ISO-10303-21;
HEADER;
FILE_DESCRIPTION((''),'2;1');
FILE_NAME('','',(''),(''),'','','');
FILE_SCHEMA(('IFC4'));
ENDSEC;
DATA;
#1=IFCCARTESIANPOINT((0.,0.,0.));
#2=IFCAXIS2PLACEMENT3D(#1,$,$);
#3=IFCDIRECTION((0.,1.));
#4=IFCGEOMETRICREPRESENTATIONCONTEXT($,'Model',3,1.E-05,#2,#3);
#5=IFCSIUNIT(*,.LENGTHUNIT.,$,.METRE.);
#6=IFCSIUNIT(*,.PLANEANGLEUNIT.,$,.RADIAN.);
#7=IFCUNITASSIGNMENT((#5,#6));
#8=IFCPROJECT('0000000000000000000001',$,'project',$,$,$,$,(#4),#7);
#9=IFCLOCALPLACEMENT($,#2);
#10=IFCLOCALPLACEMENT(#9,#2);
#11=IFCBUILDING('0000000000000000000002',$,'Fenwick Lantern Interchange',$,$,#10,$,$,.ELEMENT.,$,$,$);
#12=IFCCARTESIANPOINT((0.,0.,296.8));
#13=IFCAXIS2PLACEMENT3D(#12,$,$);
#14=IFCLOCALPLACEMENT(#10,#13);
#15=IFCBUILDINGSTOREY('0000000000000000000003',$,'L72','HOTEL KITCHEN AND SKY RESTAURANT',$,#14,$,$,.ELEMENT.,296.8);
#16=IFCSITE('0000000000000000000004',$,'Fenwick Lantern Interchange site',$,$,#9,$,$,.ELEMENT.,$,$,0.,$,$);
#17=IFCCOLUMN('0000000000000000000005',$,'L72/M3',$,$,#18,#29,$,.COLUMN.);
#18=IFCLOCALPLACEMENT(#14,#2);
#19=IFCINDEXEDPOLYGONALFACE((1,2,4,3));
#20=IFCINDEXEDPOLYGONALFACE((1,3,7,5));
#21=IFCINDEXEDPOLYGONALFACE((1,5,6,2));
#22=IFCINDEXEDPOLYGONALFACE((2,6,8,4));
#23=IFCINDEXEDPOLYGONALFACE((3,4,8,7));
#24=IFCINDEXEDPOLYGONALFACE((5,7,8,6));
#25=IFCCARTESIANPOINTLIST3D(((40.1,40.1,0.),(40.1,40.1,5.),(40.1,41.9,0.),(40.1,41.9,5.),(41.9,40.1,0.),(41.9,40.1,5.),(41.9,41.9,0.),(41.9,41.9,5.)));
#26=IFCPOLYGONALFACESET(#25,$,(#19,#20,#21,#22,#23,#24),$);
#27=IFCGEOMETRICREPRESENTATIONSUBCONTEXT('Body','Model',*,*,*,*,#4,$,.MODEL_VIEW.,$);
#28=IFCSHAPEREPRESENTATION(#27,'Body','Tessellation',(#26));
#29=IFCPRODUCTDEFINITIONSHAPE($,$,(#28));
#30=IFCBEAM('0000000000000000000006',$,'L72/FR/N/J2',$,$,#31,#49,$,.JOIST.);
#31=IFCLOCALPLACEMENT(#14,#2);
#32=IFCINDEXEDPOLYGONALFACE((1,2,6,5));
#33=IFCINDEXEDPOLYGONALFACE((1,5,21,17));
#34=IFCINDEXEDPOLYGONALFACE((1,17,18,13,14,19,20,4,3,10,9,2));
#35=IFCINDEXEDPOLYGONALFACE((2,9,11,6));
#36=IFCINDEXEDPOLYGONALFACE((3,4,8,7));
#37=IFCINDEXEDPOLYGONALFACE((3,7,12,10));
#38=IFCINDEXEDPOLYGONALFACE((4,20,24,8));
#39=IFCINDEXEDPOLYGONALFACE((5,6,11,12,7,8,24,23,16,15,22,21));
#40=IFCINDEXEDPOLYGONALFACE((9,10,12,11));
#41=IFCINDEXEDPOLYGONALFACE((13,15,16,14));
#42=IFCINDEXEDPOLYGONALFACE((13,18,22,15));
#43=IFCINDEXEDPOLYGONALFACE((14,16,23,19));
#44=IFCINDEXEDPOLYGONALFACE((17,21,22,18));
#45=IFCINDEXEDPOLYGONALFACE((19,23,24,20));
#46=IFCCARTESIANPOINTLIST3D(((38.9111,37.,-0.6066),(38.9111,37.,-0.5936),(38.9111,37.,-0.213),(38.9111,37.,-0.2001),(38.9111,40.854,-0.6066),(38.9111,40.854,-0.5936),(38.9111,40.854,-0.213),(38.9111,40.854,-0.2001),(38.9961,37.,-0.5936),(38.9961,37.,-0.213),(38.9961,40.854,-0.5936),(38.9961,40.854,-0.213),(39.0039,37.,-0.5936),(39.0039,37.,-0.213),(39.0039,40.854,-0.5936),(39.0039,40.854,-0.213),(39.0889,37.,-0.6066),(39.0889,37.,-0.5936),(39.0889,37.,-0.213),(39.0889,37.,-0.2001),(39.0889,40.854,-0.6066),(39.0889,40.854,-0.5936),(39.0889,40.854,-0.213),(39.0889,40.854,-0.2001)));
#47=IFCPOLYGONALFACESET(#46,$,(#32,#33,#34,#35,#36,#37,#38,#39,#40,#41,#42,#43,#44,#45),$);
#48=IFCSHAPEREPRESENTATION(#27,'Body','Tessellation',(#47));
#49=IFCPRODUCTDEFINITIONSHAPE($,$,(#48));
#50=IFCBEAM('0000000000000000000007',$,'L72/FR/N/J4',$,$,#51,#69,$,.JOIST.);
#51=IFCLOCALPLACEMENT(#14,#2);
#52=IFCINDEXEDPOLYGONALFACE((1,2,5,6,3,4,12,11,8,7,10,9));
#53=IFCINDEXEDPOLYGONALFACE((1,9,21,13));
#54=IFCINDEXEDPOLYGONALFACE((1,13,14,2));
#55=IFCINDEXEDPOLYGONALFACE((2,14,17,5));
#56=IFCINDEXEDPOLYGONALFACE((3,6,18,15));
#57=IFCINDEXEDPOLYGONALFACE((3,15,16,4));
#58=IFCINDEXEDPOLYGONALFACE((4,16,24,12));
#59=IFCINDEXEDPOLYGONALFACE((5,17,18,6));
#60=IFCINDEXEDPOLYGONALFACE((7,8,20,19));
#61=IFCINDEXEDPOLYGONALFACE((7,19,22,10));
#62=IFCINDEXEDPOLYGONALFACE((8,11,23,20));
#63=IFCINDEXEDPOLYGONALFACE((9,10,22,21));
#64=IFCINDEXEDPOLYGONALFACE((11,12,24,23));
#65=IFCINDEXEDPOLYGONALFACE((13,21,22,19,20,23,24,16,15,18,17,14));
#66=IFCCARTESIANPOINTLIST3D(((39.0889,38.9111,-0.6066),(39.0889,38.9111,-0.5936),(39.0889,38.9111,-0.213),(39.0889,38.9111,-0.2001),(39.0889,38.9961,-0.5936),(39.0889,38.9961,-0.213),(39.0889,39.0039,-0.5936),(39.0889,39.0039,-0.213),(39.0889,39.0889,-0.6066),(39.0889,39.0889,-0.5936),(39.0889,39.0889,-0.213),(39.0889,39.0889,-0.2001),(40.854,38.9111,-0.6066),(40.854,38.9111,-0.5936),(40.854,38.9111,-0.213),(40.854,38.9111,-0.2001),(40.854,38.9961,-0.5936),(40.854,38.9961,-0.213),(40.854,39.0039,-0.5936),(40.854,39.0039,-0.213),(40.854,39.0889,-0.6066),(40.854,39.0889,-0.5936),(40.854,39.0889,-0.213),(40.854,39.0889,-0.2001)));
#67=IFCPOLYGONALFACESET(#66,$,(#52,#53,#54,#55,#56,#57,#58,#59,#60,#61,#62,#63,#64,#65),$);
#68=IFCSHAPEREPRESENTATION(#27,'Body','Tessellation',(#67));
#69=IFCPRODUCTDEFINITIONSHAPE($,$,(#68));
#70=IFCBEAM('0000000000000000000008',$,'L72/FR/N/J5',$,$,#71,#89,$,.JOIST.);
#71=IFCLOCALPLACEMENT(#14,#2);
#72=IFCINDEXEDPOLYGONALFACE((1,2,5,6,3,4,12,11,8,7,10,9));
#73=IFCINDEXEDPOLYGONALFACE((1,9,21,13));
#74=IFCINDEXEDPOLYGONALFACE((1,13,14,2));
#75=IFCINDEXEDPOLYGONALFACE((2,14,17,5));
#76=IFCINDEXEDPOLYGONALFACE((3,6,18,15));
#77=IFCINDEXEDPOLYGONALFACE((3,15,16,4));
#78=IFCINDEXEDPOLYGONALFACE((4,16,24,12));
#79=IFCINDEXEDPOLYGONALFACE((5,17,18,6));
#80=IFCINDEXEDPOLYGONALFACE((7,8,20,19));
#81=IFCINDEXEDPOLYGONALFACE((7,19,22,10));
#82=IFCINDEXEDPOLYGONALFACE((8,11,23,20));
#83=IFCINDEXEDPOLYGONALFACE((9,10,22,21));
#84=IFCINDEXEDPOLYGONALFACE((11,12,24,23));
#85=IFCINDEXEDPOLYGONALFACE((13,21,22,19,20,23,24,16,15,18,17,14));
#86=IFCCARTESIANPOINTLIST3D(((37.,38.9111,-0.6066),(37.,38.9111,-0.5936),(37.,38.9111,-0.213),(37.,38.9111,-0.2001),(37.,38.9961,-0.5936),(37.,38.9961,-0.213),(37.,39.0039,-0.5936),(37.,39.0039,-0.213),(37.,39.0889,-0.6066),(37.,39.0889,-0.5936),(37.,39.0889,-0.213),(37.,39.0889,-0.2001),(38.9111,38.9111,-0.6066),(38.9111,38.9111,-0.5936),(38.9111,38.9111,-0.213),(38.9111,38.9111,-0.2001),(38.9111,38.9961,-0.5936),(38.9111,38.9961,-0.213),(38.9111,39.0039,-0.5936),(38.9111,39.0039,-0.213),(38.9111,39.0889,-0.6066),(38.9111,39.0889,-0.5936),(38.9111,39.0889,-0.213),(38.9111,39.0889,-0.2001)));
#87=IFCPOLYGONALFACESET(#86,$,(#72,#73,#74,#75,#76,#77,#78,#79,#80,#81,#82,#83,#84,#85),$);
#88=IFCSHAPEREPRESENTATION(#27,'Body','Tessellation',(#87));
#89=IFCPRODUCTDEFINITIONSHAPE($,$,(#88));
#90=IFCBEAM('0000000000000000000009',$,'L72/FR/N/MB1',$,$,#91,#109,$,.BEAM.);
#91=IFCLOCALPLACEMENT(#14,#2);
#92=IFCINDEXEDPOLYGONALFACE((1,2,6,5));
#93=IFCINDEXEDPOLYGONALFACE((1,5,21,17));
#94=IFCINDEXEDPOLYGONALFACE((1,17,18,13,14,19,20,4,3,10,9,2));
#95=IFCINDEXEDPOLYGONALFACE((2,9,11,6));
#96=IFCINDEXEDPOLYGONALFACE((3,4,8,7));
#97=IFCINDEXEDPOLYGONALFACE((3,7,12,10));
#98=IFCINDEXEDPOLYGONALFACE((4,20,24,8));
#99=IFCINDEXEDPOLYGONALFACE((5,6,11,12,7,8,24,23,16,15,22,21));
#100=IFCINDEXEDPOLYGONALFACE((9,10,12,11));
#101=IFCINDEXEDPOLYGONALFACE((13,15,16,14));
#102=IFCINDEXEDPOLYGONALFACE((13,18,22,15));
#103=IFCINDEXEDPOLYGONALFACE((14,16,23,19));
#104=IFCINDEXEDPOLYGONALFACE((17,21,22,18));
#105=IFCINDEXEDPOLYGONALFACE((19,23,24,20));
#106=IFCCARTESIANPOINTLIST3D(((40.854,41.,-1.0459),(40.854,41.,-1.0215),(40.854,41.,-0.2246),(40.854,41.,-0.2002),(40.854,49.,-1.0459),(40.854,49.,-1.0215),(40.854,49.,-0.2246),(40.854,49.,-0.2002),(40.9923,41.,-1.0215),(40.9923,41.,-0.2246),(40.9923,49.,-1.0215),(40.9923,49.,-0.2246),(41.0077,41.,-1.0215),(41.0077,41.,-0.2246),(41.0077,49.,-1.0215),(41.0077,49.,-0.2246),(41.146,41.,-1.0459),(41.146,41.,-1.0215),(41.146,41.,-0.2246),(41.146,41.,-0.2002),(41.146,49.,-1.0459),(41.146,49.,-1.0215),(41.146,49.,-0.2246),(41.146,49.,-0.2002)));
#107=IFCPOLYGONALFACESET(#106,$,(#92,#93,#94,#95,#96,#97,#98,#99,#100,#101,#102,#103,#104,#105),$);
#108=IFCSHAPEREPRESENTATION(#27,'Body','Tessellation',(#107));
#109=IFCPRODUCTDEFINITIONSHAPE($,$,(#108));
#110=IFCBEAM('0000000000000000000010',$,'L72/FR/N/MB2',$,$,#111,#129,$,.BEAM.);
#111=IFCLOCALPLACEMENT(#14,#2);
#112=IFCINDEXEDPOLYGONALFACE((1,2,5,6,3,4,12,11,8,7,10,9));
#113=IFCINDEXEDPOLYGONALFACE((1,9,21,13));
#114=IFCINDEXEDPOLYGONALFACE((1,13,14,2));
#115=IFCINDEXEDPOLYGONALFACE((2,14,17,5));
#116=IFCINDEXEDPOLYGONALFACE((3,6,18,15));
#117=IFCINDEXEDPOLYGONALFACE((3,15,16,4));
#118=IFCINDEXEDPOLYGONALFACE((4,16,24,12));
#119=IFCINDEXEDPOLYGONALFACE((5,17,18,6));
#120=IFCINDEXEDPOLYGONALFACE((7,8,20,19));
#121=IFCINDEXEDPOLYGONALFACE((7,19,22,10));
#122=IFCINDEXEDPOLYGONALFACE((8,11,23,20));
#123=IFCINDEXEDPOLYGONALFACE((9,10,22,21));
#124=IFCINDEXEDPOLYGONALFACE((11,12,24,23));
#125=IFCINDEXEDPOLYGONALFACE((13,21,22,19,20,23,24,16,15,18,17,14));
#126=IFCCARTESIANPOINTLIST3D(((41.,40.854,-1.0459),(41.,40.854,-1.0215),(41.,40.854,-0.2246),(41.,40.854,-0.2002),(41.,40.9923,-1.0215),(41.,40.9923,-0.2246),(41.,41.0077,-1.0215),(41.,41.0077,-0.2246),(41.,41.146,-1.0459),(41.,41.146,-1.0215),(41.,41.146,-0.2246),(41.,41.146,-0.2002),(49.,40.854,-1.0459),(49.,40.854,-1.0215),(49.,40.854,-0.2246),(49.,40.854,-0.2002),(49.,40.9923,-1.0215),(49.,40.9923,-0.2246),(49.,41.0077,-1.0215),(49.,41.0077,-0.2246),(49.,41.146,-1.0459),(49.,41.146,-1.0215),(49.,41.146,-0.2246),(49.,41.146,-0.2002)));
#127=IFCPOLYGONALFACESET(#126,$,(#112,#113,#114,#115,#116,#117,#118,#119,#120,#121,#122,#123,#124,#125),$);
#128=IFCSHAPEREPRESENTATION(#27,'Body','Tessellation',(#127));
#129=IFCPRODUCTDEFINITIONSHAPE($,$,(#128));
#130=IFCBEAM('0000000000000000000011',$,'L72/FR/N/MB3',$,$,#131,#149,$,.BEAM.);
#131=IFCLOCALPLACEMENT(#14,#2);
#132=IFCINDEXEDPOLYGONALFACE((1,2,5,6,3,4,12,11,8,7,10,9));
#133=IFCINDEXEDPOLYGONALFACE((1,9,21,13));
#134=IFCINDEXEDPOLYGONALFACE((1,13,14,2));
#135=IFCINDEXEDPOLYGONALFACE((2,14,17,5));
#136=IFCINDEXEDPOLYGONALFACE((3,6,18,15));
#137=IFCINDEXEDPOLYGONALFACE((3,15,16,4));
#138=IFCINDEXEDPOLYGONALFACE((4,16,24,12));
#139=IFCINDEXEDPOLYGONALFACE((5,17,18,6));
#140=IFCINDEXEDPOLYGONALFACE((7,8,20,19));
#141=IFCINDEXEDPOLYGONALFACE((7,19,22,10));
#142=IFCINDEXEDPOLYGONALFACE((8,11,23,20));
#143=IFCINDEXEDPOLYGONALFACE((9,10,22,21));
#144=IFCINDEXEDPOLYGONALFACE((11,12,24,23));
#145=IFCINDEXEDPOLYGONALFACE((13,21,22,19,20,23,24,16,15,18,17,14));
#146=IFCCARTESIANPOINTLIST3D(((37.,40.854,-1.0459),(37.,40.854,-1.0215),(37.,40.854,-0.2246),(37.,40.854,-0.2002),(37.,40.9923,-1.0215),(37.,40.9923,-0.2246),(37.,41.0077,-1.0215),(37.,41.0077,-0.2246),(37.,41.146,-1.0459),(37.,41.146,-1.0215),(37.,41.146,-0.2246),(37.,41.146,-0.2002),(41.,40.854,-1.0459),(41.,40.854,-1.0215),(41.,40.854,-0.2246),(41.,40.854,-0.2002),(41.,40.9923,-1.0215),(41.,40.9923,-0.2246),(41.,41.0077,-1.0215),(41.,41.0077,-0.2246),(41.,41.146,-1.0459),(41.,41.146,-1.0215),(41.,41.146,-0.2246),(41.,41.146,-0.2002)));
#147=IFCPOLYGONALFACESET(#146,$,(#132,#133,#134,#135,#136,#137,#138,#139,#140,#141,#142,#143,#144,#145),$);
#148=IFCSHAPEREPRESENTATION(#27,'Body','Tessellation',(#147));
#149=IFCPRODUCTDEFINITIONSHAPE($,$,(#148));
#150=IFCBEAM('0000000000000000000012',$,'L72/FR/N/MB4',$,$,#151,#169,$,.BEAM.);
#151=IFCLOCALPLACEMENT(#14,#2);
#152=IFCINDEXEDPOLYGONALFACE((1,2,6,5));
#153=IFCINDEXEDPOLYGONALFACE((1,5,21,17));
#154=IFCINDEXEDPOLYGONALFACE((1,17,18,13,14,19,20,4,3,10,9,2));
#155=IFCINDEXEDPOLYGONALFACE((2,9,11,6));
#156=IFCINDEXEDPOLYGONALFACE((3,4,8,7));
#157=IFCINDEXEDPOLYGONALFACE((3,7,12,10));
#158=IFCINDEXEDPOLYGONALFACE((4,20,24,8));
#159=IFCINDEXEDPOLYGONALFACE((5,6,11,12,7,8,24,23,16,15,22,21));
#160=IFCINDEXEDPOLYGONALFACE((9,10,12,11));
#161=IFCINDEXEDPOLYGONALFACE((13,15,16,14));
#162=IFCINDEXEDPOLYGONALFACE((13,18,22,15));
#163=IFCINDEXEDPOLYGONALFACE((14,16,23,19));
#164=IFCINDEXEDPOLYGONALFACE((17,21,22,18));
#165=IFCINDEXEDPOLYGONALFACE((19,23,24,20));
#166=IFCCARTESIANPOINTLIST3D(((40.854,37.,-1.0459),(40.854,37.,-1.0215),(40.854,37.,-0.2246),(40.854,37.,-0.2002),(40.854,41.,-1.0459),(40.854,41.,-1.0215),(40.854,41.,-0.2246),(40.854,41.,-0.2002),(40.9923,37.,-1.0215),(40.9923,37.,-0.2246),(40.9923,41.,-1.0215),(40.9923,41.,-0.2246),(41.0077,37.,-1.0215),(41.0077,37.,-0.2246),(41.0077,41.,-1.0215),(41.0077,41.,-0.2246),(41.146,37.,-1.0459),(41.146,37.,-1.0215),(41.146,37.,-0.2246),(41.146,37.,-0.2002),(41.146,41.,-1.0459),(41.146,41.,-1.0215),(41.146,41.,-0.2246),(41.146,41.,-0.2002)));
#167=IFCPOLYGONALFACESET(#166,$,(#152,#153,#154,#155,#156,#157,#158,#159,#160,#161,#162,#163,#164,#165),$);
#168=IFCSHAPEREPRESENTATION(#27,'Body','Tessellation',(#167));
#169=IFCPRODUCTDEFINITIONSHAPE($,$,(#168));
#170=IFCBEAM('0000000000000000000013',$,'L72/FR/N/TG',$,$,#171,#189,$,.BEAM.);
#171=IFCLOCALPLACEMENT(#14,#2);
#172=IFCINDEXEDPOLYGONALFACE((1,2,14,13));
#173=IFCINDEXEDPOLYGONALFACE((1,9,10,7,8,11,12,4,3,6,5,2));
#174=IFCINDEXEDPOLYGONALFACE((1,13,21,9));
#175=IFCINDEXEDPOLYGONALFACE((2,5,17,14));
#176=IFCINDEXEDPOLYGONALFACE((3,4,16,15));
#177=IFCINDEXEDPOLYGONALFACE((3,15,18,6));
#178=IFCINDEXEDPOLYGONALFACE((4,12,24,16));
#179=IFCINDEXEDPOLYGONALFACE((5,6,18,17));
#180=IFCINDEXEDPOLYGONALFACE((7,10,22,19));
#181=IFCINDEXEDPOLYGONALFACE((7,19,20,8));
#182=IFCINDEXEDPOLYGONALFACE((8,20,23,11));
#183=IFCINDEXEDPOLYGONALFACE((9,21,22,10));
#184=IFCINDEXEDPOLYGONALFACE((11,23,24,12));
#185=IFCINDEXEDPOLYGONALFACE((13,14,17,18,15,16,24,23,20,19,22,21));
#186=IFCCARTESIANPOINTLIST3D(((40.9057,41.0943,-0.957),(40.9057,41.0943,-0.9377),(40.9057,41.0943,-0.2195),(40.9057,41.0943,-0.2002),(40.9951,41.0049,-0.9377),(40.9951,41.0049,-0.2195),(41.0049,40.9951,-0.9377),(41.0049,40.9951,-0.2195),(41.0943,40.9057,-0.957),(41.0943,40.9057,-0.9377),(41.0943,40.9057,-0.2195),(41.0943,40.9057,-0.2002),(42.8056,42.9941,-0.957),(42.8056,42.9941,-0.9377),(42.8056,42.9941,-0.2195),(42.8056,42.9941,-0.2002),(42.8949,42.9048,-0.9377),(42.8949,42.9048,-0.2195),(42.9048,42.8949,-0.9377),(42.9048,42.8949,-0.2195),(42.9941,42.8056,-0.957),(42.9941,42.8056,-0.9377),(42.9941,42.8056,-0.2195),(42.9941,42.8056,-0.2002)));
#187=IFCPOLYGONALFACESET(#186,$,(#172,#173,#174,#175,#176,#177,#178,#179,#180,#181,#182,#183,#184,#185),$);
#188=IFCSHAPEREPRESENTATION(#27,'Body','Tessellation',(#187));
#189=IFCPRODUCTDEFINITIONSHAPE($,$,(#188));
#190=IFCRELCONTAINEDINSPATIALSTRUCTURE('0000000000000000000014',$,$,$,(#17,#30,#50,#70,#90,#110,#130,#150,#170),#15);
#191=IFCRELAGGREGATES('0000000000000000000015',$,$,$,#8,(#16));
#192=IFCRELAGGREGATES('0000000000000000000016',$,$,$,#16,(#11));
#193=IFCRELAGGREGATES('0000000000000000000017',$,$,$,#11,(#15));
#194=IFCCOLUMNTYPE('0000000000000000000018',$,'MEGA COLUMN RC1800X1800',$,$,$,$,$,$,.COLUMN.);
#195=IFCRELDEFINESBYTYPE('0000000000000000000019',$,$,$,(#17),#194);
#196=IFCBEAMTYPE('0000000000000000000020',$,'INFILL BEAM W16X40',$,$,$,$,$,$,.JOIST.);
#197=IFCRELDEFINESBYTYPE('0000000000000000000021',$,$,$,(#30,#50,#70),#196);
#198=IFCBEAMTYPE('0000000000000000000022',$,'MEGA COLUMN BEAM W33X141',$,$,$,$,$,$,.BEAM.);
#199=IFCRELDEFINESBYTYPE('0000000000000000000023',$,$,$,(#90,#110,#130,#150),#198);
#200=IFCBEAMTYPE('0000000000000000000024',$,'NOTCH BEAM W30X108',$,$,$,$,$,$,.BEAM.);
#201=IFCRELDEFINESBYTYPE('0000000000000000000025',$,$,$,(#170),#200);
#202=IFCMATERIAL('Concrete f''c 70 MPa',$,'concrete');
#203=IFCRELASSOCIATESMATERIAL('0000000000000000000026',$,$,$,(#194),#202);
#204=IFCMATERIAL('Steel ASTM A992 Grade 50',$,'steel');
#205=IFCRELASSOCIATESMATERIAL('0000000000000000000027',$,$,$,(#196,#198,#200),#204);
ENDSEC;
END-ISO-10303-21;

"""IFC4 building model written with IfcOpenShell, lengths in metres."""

from ifc_helpers import new_model, si_unit, direction, frame, origin, origin_2d, place, context, subcontext, project, spatial, rectangle, i_section, extrude, material, material_profile, profile_set, type_object, element, save


model = new_model("IFC4")

# Units and contexts
model_context = context("Model", 3, precision=1e-05, world=origin(), true_north=direction((0.0, 1.0)))
body_context = subcontext(model_context, "Body", "Model", "MODEL_VIEW")
ifc_project = project(units=[si_unit("LENGTHUNIT", "METRE"), si_unit("PLANEANGLEUNIT", "RADIAN")], contexts=[model_context])

# Site, building, storey
site_placement = place(None, origin())
site = spatial("IfcSite", under=ifc_project, at=site_placement, Name="Fenwick Lantern Interchange site", CompositionType="ELEMENT", RefElevation=0.0)
building_placement = place(site_placement, origin())
building = spatial("IfcBuilding", under=site, at=building_placement, Name="Fenwick Lantern Interchange", CompositionType="ELEMENT")
storey_placement = place(building_placement, frame((0.0, 0.0, 296.8)))
storey = spatial("IfcBuildingStorey", under=building, at=storey_placement, Name="L72", Description="HOTEL KITCHEN AND SKY RESTAURANT", CompositionType="ELEMENT", Elevation=296.8)

# Column
ifc_material_1 = material(Name="Concrete f'c 70 MPa", Category="concrete")
ifc_material_profile_1 = material_profile(ifc_material_1, rectangle(XDim=1.8, YDim=1.8, at=origin_2d()), Name="RC1800X1800")
ifc_profile_set_1 = profile_set([ifc_material_profile_1], Name="Concrete f'c 70 MPa")
column_type = type_object("IfcColumnType", Name="MEGA COLUMN RC1800X1800", PredefinedType="COLUMN", material=ifc_profile_set_1)
column_placement = place(storey_placement, frame((41.0, 41.0, 0.0), z_axis=(0.0, 0.0, 1.0), x_axis=(1.0, 0.0, 0.0)))
element("IfcColumn", 1, at=column_placement, inside=storey, type_object=column_type, Name="L72/M3", PredefinedType="COLUMN", context=body_context, shape_type="SweptSolid", body=[
    extrude(rectangle(XDim=1.8, YDim=1.8, at=origin_2d()), origin(), (0.0, 0.0, 1.0), 5.0),
])

# Beams
ifc_material_2 = material(Name="Steel ASTM A992 Grade 50", Category="steel")
ifc_material_profile_2 = material_profile(ifc_material_2, i_section(OverallWidth=0.1777, OverallDepth=0.4065, WebThickness=0.0078, FlangeThickness=0.0129, at=origin_2d()), Name="W16X40")
ifc_profile_set_2 = profile_set([ifc_material_profile_2], Name="Steel ASTM A992 Grade 50")
beam_type_1 = type_object("IfcBeamType", Name="INFILL BEAM W16X40", PredefinedType="JOIST", material=ifc_profile_set_2)
beam_1_placement = place(storey_placement, frame((39.0, 40.854, -0.4033), z_axis=(0.0, -1.0, 0.0), x_axis=(1.0, 0.0, 0.0)))
element("IfcBeam", 2, at=beam_1_placement, inside=storey, type_object=beam_type_1, Name="L72/FR/N/J2", PredefinedType="JOIST", context=body_context, shape_type="SweptSolid", body=[
    extrude(i_section(OverallWidth=0.1777, OverallDepth=0.4065, WebThickness=0.0078, FlangeThickness=0.0129, at=origin_2d()), origin(), (0.0, 0.0, 1.0), 3.854),
])
beam_2_placement = place(storey_placement, frame((40.854, 39.0, -0.4033), z_axis=(-1.0, 0.0, 0.0), x_axis=(0.0, -1.0, 0.0)))
element("IfcBeam", 3, at=beam_2_placement, inside=storey, type_object=beam_type_1, Name="L72/FR/N/J4", PredefinedType="JOIST", context=body_context, shape_type="SweptSolid", body=[
    extrude(i_section(OverallWidth=0.1777, OverallDepth=0.4065, WebThickness=0.0078, FlangeThickness=0.0129, at=origin_2d()), origin(), (0.0, 0.0, 1.0), 1.7651),
])
beam_3_placement = place(storey_placement, frame((38.9111, 39.0, -0.4033), z_axis=(-1.0, 0.0, 0.0), x_axis=(0.0, -1.0, 0.0)))
element("IfcBeam", 4, at=beam_3_placement, inside=storey, type_object=beam_type_1, Name="L72/FR/N/J5", PredefinedType="JOIST", context=body_context, shape_type="SweptSolid", body=[
    extrude(i_section(OverallWidth=0.1777, OverallDepth=0.4065, WebThickness=0.0078, FlangeThickness=0.0129, at=origin_2d()), origin(), (0.0, 0.0, 1.0), 1.9111),
])
ifc_material_profile_3 = material_profile(ifc_material_2, i_section(OverallWidth=0.292, OverallDepth=0.8457, WebThickness=0.0154, FlangeThickness=0.0244, at=origin_2d()), Name="W33X141")
ifc_profile_set_3 = profile_set([ifc_material_profile_3], Name="Steel ASTM A992 Grade 50")
beam_type_2 = type_object("IfcBeamType", Name="MEGA COLUMN BEAM W33X141", PredefinedType="BEAM", material=ifc_profile_set_3)
for number, where, z_axis, x_axis, name in (
    (5, (41.0, 41.0, -0.623), (0.0, 1.0, 0.0), (-1.0, 0.0, 0.0), "L72/FR/N/MB1"),
    (6, (41.0, 41.0, -0.623), (1.0, 0.0, 0.0), (0.0, 1.0, 0.0), "L72/FR/N/MB2"),
):
    element("IfcBeam", number, at=place(storey_placement, frame(where, z_axis=z_axis, x_axis=x_axis)), inside=storey, type_object=beam_type_2, Name=name, PredefinedType="BEAM", context=body_context, shape_type="SweptSolid", body=[
        extrude(i_section(OverallWidth=0.292, OverallDepth=0.8457, WebThickness=0.0154, FlangeThickness=0.0244, at=origin_2d()), origin(), (0.0, 0.0, 1.0), 8.0),
    ])
for number, where, z_axis, x_axis, name in (
    (7, (41.0, 41.0, -0.623), (-1.0, 0.0, 0.0), (0.0, -1.0, 0.0), "L72/FR/N/MB3"),
    (8, (41.0, 41.0, -0.623), (0.0, -1.0, 0.0), (1.0, 0.0, 0.0), "L72/FR/N/MB4"),
):
    element("IfcBeam", number, at=place(storey_placement, frame(where, z_axis=z_axis, x_axis=x_axis)), inside=storey, type_object=beam_type_2, Name=name, PredefinedType="BEAM", context=body_context, shape_type="SweptSolid", body=[
        extrude(i_section(OverallWidth=0.292, OverallDepth=0.8457, WebThickness=0.0154, FlangeThickness=0.0244, at=origin_2d()), origin(), (0.0, 0.0, 1.0), 4.0),
    ])
ifc_material_profile_4 = material_profile(ifc_material_2, i_section(OverallWidth=0.2666, OverallDepth=0.7568, WebThickness=0.0139, FlangeThickness=0.0193, at=origin_2d()), Name="W30X108")
ifc_profile_set_4 = profile_set([ifc_material_profile_4], Name="Steel ASTM A992 Grade 50")
beam_type_3 = type_object("IfcBeamType", Name="NOTCH BEAM W30X108", PredefinedType="BEAM", material=ifc_profile_set_4)
beam_4_placement = place(storey_placement, frame((41.0, 41.0, -0.5786), z_axis=(0.707107, 0.707107, 0.0), x_axis=(-0.707107, 0.707107, 0.0)))
element("IfcBeam", 9, at=beam_4_placement, inside=storey, type_object=beam_type_3, Name="L72/FR/N/TG", PredefinedType="BEAM", context=body_context, shape_type="SweptSolid", body=[
    extrude(i_section(OverallWidth=0.2666, OverallDepth=0.7568, WebThickness=0.0139, FlangeThickness=0.0193, at=origin_2d()), origin(), (0.0, 0.0, 1.0), 2.6868),
])

save(model, "model.ifc")
